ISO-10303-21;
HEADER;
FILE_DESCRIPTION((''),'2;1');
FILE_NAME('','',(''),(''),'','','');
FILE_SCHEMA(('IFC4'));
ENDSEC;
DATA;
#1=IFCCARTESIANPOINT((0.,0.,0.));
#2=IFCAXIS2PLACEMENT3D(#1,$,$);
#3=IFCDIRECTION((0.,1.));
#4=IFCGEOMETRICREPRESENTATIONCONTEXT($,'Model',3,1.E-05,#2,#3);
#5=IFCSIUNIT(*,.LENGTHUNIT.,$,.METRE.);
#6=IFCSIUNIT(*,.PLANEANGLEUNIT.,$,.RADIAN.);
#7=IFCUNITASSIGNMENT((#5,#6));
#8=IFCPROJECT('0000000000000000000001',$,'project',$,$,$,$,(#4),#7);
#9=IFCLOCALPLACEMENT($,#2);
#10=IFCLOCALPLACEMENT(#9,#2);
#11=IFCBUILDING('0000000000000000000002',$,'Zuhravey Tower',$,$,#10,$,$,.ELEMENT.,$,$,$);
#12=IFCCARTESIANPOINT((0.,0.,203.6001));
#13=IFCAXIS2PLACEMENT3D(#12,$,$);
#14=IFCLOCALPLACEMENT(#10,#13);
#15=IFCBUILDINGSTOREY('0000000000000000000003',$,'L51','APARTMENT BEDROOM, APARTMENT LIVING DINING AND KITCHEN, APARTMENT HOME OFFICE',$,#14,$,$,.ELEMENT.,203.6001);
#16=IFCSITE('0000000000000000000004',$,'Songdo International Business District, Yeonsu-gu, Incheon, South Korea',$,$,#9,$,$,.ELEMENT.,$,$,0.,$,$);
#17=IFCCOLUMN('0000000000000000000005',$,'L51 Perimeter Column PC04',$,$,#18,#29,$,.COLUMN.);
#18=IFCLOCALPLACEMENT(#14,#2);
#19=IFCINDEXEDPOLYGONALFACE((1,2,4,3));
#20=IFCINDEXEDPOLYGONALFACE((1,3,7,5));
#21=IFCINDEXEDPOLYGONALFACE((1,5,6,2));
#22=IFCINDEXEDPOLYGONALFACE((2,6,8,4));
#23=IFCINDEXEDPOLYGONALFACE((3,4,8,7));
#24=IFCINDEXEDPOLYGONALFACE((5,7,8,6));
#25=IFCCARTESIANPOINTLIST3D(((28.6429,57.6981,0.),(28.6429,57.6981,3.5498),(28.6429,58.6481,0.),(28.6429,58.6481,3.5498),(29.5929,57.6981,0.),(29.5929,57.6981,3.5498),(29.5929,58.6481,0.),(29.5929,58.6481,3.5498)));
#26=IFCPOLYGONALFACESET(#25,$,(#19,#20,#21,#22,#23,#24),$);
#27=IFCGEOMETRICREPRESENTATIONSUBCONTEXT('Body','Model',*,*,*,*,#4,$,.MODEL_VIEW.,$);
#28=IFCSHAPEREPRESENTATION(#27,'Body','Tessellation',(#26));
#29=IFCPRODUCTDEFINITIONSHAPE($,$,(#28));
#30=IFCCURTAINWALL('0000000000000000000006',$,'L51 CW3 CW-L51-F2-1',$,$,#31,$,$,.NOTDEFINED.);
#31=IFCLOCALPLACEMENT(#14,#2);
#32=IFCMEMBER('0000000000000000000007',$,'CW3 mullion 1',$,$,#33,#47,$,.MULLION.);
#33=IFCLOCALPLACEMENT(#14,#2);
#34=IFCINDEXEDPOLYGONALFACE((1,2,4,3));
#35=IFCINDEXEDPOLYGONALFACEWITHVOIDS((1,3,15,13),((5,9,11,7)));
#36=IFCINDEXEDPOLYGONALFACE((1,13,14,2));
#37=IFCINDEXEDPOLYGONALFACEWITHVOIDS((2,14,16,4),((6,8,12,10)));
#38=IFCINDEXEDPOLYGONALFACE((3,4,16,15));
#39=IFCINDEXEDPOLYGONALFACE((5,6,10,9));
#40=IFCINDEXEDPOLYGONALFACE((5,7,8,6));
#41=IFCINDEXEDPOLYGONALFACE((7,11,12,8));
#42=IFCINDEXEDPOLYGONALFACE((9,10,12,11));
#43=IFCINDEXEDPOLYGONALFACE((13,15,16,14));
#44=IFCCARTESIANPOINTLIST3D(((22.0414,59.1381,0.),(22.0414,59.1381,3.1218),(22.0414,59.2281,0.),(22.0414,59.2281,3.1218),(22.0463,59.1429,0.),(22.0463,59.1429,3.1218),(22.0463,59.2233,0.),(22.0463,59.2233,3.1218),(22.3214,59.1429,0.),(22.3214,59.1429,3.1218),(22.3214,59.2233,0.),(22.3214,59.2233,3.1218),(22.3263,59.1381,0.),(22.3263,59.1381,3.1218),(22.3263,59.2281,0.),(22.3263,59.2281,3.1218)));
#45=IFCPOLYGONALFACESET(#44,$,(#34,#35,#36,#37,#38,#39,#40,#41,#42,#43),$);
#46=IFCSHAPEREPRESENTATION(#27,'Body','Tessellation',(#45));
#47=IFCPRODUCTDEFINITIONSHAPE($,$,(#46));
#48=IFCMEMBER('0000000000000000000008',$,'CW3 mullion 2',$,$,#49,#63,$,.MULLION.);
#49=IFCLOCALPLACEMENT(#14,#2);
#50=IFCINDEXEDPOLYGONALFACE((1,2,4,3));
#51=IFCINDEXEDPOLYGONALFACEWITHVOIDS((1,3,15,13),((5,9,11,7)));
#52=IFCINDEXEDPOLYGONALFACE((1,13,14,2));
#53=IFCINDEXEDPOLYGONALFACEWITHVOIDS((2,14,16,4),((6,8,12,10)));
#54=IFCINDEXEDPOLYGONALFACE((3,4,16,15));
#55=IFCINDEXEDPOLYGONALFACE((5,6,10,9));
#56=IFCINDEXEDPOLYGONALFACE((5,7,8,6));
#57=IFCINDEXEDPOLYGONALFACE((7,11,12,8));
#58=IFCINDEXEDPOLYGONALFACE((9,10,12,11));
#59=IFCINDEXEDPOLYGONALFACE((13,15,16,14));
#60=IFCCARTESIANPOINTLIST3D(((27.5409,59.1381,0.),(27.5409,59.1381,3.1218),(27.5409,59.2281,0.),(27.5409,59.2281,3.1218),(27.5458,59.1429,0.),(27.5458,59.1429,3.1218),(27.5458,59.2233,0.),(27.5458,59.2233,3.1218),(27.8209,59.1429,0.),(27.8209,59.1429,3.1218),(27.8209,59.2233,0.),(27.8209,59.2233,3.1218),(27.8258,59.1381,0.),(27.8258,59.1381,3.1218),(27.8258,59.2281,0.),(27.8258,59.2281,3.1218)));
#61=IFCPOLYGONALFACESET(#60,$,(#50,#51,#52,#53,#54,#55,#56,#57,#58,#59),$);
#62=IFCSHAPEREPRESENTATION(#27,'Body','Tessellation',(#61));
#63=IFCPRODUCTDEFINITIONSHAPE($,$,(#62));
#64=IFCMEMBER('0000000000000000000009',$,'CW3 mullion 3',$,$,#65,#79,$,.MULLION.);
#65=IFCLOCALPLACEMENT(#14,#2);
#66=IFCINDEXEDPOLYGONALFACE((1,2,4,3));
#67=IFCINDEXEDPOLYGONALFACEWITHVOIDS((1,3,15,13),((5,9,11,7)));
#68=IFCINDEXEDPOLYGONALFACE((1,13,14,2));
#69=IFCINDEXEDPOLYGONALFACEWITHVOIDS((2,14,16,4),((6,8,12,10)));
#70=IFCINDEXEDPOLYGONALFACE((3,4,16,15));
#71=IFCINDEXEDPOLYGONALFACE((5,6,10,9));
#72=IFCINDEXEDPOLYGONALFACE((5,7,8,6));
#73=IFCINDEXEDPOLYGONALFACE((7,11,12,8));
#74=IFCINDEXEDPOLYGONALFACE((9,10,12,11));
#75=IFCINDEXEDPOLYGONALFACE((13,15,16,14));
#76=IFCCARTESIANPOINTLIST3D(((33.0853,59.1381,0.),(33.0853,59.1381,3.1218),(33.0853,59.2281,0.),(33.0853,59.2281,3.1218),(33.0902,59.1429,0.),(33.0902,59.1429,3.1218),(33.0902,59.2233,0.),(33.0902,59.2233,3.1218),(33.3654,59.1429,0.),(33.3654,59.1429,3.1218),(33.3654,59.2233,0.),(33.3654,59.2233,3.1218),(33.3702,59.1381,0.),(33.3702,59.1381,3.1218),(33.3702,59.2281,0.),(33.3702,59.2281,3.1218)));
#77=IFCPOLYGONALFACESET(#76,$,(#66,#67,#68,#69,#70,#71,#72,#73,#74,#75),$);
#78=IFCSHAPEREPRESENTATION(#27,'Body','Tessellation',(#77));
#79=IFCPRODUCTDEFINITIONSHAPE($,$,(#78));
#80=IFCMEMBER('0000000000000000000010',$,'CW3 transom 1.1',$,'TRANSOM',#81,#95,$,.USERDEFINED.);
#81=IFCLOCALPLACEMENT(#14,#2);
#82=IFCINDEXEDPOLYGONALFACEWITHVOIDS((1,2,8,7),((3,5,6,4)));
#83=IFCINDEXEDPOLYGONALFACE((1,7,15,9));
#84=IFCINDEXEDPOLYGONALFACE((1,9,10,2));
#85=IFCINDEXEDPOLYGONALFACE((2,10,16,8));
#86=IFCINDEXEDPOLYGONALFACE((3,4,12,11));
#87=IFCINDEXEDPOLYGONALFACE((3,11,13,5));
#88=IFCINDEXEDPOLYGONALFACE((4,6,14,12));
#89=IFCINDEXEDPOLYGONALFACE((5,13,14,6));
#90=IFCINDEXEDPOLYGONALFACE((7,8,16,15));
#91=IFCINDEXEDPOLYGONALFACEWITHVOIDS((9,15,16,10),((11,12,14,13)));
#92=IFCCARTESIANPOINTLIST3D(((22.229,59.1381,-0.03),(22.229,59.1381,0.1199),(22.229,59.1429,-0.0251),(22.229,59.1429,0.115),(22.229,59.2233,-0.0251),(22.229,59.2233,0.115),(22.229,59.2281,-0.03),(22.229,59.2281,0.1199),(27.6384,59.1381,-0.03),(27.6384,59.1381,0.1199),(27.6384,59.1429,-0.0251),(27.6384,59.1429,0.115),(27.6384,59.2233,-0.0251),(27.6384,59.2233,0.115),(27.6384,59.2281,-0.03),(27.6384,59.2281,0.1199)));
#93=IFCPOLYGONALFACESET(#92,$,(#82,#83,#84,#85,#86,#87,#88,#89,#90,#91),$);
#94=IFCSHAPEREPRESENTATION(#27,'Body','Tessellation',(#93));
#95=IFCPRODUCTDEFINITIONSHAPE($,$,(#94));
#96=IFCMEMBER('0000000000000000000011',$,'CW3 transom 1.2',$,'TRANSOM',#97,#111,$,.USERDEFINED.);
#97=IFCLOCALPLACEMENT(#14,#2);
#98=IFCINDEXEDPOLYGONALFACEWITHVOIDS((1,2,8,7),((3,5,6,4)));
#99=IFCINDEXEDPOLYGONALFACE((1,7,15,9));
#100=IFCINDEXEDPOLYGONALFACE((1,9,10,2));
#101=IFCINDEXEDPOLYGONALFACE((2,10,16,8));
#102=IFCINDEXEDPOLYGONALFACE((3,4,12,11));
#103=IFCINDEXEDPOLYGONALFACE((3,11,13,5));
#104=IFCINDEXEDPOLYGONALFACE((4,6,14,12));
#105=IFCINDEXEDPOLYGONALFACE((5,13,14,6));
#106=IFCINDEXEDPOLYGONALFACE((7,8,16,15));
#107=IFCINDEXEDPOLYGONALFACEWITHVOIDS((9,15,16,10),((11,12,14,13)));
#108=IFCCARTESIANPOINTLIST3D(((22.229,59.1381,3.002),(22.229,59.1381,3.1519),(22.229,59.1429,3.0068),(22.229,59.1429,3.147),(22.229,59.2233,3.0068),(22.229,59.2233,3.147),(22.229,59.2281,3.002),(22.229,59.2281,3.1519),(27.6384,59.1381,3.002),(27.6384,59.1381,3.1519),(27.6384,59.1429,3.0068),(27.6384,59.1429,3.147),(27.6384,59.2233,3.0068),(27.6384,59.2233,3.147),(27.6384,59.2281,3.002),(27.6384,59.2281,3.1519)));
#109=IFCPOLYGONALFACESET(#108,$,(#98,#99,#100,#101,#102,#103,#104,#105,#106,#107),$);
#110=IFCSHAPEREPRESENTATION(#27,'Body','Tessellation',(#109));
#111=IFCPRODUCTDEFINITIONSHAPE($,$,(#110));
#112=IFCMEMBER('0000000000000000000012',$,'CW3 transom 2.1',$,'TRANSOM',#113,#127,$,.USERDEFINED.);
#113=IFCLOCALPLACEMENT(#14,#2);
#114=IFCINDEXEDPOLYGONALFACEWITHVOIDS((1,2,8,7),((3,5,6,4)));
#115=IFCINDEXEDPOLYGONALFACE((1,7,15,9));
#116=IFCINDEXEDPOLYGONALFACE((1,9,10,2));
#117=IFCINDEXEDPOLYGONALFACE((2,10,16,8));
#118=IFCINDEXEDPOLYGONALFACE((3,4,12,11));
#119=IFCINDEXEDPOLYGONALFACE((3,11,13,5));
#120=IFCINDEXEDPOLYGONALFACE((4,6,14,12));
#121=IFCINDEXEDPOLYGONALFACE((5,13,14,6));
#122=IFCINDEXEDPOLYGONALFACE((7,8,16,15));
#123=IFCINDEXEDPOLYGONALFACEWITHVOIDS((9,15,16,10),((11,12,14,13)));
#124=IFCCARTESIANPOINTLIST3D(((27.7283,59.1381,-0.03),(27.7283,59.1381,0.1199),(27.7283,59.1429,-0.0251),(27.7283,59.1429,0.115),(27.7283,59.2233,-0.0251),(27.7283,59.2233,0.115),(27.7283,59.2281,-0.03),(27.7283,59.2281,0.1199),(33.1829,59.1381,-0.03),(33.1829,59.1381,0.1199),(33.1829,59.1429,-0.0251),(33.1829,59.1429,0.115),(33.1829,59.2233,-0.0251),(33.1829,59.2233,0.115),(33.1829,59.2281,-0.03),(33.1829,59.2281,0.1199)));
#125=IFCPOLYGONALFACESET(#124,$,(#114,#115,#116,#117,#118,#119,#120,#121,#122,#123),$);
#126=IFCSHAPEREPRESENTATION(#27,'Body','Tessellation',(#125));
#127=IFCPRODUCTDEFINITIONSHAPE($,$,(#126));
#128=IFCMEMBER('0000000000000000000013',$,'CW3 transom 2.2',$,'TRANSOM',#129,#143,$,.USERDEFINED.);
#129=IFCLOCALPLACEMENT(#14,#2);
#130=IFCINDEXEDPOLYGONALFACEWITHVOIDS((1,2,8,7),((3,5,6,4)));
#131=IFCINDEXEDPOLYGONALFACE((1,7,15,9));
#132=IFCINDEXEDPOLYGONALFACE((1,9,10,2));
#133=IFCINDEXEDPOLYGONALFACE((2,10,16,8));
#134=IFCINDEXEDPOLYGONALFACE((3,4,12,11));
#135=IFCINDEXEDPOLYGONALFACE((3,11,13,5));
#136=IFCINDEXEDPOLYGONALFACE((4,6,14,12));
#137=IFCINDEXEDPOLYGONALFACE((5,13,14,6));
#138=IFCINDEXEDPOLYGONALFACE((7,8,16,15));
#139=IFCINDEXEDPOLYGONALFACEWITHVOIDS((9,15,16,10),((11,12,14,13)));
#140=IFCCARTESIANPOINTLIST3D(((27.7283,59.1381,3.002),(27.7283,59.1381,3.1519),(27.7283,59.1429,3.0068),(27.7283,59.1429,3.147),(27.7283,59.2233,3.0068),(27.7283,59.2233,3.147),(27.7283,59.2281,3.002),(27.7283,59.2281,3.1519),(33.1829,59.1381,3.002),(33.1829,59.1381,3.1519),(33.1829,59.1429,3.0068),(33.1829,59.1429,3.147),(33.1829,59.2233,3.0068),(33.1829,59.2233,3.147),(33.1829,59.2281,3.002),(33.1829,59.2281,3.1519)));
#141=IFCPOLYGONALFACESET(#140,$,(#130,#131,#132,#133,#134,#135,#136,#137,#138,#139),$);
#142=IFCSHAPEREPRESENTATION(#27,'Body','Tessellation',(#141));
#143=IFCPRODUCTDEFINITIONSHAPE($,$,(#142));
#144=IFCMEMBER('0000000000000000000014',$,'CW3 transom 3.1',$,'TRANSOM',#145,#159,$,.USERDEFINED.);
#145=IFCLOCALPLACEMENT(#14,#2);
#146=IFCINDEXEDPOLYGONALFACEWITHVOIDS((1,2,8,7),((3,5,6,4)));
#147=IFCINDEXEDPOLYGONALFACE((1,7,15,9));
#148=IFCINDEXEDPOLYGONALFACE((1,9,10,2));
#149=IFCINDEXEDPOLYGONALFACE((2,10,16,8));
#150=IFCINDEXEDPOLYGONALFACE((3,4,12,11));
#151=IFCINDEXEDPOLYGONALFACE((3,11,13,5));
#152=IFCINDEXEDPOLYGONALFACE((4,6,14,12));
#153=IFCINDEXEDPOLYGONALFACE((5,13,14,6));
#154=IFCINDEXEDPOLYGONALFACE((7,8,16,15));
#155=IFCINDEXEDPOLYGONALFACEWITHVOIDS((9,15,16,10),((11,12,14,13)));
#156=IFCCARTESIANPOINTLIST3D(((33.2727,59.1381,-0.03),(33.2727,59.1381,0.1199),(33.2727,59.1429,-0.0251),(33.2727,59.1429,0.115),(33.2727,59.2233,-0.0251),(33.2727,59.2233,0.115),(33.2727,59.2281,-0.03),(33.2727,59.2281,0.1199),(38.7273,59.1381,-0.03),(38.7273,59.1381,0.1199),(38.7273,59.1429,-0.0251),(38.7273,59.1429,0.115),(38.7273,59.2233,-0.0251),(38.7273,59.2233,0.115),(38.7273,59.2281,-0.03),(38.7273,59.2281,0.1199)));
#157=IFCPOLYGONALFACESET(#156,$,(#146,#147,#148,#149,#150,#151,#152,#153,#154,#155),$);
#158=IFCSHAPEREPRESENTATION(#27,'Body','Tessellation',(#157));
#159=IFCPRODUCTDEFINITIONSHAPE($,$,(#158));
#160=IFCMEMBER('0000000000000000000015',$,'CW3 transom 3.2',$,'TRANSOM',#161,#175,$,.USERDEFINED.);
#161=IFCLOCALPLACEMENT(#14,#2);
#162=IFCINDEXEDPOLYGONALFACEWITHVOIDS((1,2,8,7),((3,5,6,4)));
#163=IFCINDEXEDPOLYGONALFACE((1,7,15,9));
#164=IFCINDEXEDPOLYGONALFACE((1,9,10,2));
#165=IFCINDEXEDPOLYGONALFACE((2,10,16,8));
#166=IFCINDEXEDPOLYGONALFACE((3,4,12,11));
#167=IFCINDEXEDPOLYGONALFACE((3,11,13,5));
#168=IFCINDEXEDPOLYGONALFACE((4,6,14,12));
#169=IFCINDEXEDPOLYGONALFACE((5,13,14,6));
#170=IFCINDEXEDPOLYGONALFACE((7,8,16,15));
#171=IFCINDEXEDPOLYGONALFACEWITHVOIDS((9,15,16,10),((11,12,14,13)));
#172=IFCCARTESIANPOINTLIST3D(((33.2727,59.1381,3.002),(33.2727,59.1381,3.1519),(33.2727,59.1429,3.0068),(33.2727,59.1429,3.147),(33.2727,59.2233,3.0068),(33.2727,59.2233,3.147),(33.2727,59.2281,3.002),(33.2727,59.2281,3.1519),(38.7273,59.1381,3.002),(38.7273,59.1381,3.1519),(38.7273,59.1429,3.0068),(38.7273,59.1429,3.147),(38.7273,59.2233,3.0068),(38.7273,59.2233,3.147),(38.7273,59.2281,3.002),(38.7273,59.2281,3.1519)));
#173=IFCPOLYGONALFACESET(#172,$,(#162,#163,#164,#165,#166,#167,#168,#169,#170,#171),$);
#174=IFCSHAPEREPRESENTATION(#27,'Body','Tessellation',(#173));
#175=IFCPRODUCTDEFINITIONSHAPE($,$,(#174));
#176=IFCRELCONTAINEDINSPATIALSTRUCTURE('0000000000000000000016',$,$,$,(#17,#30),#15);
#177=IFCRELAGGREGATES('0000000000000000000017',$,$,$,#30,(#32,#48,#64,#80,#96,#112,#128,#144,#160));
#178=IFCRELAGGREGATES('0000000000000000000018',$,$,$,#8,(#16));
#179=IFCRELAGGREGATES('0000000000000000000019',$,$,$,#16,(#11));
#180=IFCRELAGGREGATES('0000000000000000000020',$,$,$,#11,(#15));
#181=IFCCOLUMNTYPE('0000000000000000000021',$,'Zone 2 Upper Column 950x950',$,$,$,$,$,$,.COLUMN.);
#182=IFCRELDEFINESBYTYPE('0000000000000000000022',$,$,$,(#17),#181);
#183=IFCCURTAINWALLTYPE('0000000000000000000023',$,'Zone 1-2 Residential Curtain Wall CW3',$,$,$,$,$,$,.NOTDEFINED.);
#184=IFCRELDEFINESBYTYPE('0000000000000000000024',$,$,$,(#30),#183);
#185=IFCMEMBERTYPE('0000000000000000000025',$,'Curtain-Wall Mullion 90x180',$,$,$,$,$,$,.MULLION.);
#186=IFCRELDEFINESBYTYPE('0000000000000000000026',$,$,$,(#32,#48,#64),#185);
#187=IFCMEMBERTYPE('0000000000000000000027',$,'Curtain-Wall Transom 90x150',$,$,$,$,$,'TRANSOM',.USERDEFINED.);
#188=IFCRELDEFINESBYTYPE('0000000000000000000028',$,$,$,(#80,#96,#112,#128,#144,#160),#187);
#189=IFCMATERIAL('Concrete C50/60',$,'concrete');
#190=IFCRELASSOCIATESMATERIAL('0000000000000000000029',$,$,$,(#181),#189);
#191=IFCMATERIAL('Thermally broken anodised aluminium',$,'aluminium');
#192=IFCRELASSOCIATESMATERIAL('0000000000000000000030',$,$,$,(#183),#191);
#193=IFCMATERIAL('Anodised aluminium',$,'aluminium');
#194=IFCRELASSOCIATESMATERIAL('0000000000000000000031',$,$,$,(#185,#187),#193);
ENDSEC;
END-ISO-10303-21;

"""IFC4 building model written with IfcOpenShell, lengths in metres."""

from ifc_helpers import new_model, si_unit, direction, frame, origin, origin_2d, place, context, subcontext, project, spatial, rectangle, hollow_rectangle, extrude, material, material_profile, profile_set, type_object, element, aggregate, save


model = new_model("IFC4")

# Units and contexts
model_context = context("Model", 3, precision=1e-05, world=origin(), true_north=direction((0.0, 1.0)))
body_context = subcontext(model_context, "Body", "Model", "MODEL_VIEW")
ifc_project = project(units=[si_unit("LENGTHUNIT", "METRE"), si_unit("PLANEANGLEUNIT", "RADIAN")], contexts=[model_context])

# Site, building, storey
site_placement = place(None, origin())
site = spatial("IfcSite", under=ifc_project, at=site_placement, Name="Songdo International Business District, Yeonsu-gu, Incheon, South Korea", CompositionType="ELEMENT", RefElevation=0.0)
building_placement = place(site_placement, origin())
building = spatial("IfcBuilding", under=site, at=building_placement, Name="Zuhravey Tower", CompositionType="ELEMENT")
storey_placement = place(building_placement, frame((0.0, 0.0, 203.6001)))
storey = spatial("IfcBuildingStorey", under=building, at=storey_placement, Name="L51", Description="APARTMENT BEDROOM, APARTMENT LIVING DINING AND KITCHEN, APARTMENT HOME OFFICE", CompositionType="ELEMENT", Elevation=203.6001)

# Column
ifc_material_1 = material(Name="Concrete C50/60", Category="concrete")
ifc_material_profile_1 = material_profile(ifc_material_1, rectangle(XDim=0.95, YDim=0.95, at=origin_2d()), Name="RC-950x950")
ifc_profile_set_1 = profile_set([ifc_material_profile_1], Name="Concrete C50/60")
column_type = type_object("IfcColumnType", Name="Zone 2 Upper Column 950x950", PredefinedType="COLUMN", material=ifc_profile_set_1)
column_placement = place(storey_placement, frame((29.1179, 58.1731, 0.0), z_axis=(0.0, 0.0, 1.0), x_axis=(-1.0, 0.0, 0.0)))
element("IfcColumn", 1, at=column_placement, inside=storey, type_object=column_type, Name="L51 Perimeter Column PC04", PredefinedType="COLUMN", context=body_context, shape_type="SweptSolid", body=[
    extrude(rectangle(XDim=0.95, YDim=0.95, at=origin_2d()), origin(), (0.0, 0.0, 1.0), 3.5498),
])

# Curtain wall, members
ifc_material_2 = material(Name="Thermally broken anodised aluminium", Category="aluminium")
curtain_wall_type = type_object("IfcCurtainWallType", Name="Zone 1-2 Residential Curtain Wall CW3", PredefinedType="NOTDEFINED", material=ifc_material_2)
curtain_wall_placement = place(storey_placement, origin())
curtain_wall = element("IfcCurtainWall", 2, at=curtain_wall_placement, inside=storey, type_object=curtain_wall_type, Name="L51 CW3 CW-L51-F2-1", PredefinedType="NOTDEFINED")
ifc_material_3 = material(Name="Anodised aluminium", Category="aluminium")
ifc_material_profile_2 = material_profile(ifc_material_3, hollow_rectangle(XDim=0.0901, YDim=0.2849, WallThickness=0.0049, at=origin_2d()), Name="ALU-RHS-90x285x5")
ifc_profile_set_2 = profile_set([ifc_material_profile_2], Name="Anodised aluminium")
member_type_1 = type_object("IfcMemberType", Name="Curtain-Wall Mullion 90x180", PredefinedType="MULLION", material=ifc_profile_set_2)
member_1_placement = place(storey_placement, frame((22.1838, 59.1831, 0.0), z_axis=(0.0, 0.0, 1.0), x_axis=(0.0, 1.0, 0.0)))
member_1 = element("IfcMember", 3, at=member_1_placement, type_object=member_type_1, Name="CW3 mullion 1", PredefinedType="MULLION", context=body_context, shape_type="SweptSolid", body=[
    extrude(hollow_rectangle(XDim=0.0901, YDim=0.2849, WallThickness=0.0049, at=origin_2d()), origin(), (0.0, 0.0, 1.0), 3.1218),
])
member_2_placement = place(storey_placement, frame((27.6833, 59.1831, 0.0), z_axis=(0.0, 0.0, 1.0), x_axis=(0.0, 1.0, 0.0)))
member_2 = element("IfcMember", 4, at=member_2_placement, type_object=member_type_1, Name="CW3 mullion 2", PredefinedType="MULLION", context=body_context, shape_type="SweptSolid", body=[
    extrude(hollow_rectangle(XDim=0.0901, YDim=0.2849, WallThickness=0.0049, at=origin_2d()), origin(), (0.0, 0.0, 1.0), 3.1218),
])
member_3_placement = place(storey_placement, frame((33.2278, 59.1831, 0.0), z_axis=(0.0, 0.0, 1.0), x_axis=(0.0, 1.0, 0.0)))
member_3 = element("IfcMember", 5, at=member_3_placement, type_object=member_type_1, Name="CW3 mullion 3", PredefinedType="MULLION", context=body_context, shape_type="SweptSolid", body=[
    extrude(hollow_rectangle(XDim=0.0901, YDim=0.2849, WallThickness=0.0049, at=origin_2d()), origin(), (0.0, 0.0, 1.0), 3.1218),
])
ifc_material_profile_3 = material_profile(ifc_material_3, hollow_rectangle(XDim=0.0901, YDim=0.1499, WallThickness=0.0049, at=origin_2d()), Name="ALU-RHS-90x150x5")
ifc_profile_set_3 = profile_set([ifc_material_profile_3], Name="Anodised aluminium")
member_type_2 = type_object("IfcMemberType", Name="Curtain-Wall Transom 90x150", ElementType="TRANSOM", PredefinedType="USERDEFINED", material=ifc_profile_set_3)
member_4_placement = place(storey_placement, frame((22.229, 59.1831, 0.0449), z_axis=(1.0, 0.0, 0.0), x_axis=(0.0, 1.0, 0.0)))
member_4 = element("IfcMember", 6, at=member_4_placement, type_object=member_type_2, Name="CW3 transom 1.1", ObjectType="TRANSOM", PredefinedType="USERDEFINED", context=body_context, shape_type="SweptSolid", body=[
    extrude(hollow_rectangle(XDim=0.0901, YDim=0.1499, WallThickness=0.0049, at=origin_2d()), origin(), (0.0, 0.0, 1.0), 5.4094),
])
member_5_placement = place(storey_placement, frame((22.229, 59.1831, 3.0769), z_axis=(1.0, 0.0, 0.0), x_axis=(0.0, 1.0, 0.0)))
member_5 = element("IfcMember", 7, at=member_5_placement, type_object=member_type_2, Name="CW3 transom 1.2", ObjectType="TRANSOM", PredefinedType="USERDEFINED", context=body_context, shape_type="SweptSolid", body=[
    extrude(hollow_rectangle(XDim=0.0901, YDim=0.1499, WallThickness=0.0049, at=origin_2d()), origin(), (0.0, 0.0, 1.0), 5.4094),
])
member_6_placement = place(storey_placement, frame((27.7283, 59.1831, 0.0449), z_axis=(1.0, 0.0, 0.0), x_axis=(0.0, 1.0, 0.0)))
member_6 = element("IfcMember", 8, at=member_6_placement, type_object=member_type_2, Name="CW3 transom 2.1", ObjectType="TRANSOM", PredefinedType="USERDEFINED", context=body_context, shape_type="SweptSolid", body=[
    extrude(hollow_rectangle(XDim=0.0901, YDim=0.1499, WallThickness=0.0049, at=origin_2d()), origin(), (0.0, 0.0, 1.0), 5.4546),
])
member_7_placement = place(storey_placement, frame((27.7283, 59.1831, 3.0769), z_axis=(1.0, 0.0, 0.0), x_axis=(0.0, 1.0, 0.0)))
member_7 = element("IfcMember", 9, at=member_7_placement, type_object=member_type_2, Name="CW3 transom 2.2", ObjectType="TRANSOM", PredefinedType="USERDEFINED", context=body_context, shape_type="SweptSolid", body=[
    extrude(hollow_rectangle(XDim=0.0901, YDim=0.1499, WallThickness=0.0049, at=origin_2d()), origin(), (0.0, 0.0, 1.0), 5.4546),
])
member_8_placement = place(storey_placement, frame((33.2727, 59.1831, 0.0449), z_axis=(1.0, 0.0, 0.0), x_axis=(0.0, 1.0, 0.0)))
member_8 = element("IfcMember", 10, at=member_8_placement, type_object=member_type_2, Name="CW3 transom 3.1", ObjectType="TRANSOM", PredefinedType="USERDEFINED", context=body_context, shape_type="SweptSolid", body=[
    extrude(hollow_rectangle(XDim=0.0901, YDim=0.1499, WallThickness=0.0049, at=origin_2d()), origin(), (0.0, 0.0, 1.0), 5.4546),
])
member_9_placement = place(storey_placement, frame((33.2727, 59.1831, 3.0769), z_axis=(1.0, 0.0, 0.0), x_axis=(0.0, 1.0, 0.0)))
member_9 = element("IfcMember", 11, at=member_9_placement, type_object=member_type_2, Name="CW3 transom 3.2", ObjectType="TRANSOM", PredefinedType="USERDEFINED", context=body_context, shape_type="SweptSolid", body=[
    extrude(hollow_rectangle(XDim=0.0901, YDim=0.1499, WallThickness=0.0049, at=origin_2d()), origin(), (0.0, 0.0, 1.0), 5.4546),
])

aggregate(curtain_wall, [member_1, member_2, member_3, member_4, member_5, member_6, member_7, member_8, member_9])

save(model, "model.ifc")
